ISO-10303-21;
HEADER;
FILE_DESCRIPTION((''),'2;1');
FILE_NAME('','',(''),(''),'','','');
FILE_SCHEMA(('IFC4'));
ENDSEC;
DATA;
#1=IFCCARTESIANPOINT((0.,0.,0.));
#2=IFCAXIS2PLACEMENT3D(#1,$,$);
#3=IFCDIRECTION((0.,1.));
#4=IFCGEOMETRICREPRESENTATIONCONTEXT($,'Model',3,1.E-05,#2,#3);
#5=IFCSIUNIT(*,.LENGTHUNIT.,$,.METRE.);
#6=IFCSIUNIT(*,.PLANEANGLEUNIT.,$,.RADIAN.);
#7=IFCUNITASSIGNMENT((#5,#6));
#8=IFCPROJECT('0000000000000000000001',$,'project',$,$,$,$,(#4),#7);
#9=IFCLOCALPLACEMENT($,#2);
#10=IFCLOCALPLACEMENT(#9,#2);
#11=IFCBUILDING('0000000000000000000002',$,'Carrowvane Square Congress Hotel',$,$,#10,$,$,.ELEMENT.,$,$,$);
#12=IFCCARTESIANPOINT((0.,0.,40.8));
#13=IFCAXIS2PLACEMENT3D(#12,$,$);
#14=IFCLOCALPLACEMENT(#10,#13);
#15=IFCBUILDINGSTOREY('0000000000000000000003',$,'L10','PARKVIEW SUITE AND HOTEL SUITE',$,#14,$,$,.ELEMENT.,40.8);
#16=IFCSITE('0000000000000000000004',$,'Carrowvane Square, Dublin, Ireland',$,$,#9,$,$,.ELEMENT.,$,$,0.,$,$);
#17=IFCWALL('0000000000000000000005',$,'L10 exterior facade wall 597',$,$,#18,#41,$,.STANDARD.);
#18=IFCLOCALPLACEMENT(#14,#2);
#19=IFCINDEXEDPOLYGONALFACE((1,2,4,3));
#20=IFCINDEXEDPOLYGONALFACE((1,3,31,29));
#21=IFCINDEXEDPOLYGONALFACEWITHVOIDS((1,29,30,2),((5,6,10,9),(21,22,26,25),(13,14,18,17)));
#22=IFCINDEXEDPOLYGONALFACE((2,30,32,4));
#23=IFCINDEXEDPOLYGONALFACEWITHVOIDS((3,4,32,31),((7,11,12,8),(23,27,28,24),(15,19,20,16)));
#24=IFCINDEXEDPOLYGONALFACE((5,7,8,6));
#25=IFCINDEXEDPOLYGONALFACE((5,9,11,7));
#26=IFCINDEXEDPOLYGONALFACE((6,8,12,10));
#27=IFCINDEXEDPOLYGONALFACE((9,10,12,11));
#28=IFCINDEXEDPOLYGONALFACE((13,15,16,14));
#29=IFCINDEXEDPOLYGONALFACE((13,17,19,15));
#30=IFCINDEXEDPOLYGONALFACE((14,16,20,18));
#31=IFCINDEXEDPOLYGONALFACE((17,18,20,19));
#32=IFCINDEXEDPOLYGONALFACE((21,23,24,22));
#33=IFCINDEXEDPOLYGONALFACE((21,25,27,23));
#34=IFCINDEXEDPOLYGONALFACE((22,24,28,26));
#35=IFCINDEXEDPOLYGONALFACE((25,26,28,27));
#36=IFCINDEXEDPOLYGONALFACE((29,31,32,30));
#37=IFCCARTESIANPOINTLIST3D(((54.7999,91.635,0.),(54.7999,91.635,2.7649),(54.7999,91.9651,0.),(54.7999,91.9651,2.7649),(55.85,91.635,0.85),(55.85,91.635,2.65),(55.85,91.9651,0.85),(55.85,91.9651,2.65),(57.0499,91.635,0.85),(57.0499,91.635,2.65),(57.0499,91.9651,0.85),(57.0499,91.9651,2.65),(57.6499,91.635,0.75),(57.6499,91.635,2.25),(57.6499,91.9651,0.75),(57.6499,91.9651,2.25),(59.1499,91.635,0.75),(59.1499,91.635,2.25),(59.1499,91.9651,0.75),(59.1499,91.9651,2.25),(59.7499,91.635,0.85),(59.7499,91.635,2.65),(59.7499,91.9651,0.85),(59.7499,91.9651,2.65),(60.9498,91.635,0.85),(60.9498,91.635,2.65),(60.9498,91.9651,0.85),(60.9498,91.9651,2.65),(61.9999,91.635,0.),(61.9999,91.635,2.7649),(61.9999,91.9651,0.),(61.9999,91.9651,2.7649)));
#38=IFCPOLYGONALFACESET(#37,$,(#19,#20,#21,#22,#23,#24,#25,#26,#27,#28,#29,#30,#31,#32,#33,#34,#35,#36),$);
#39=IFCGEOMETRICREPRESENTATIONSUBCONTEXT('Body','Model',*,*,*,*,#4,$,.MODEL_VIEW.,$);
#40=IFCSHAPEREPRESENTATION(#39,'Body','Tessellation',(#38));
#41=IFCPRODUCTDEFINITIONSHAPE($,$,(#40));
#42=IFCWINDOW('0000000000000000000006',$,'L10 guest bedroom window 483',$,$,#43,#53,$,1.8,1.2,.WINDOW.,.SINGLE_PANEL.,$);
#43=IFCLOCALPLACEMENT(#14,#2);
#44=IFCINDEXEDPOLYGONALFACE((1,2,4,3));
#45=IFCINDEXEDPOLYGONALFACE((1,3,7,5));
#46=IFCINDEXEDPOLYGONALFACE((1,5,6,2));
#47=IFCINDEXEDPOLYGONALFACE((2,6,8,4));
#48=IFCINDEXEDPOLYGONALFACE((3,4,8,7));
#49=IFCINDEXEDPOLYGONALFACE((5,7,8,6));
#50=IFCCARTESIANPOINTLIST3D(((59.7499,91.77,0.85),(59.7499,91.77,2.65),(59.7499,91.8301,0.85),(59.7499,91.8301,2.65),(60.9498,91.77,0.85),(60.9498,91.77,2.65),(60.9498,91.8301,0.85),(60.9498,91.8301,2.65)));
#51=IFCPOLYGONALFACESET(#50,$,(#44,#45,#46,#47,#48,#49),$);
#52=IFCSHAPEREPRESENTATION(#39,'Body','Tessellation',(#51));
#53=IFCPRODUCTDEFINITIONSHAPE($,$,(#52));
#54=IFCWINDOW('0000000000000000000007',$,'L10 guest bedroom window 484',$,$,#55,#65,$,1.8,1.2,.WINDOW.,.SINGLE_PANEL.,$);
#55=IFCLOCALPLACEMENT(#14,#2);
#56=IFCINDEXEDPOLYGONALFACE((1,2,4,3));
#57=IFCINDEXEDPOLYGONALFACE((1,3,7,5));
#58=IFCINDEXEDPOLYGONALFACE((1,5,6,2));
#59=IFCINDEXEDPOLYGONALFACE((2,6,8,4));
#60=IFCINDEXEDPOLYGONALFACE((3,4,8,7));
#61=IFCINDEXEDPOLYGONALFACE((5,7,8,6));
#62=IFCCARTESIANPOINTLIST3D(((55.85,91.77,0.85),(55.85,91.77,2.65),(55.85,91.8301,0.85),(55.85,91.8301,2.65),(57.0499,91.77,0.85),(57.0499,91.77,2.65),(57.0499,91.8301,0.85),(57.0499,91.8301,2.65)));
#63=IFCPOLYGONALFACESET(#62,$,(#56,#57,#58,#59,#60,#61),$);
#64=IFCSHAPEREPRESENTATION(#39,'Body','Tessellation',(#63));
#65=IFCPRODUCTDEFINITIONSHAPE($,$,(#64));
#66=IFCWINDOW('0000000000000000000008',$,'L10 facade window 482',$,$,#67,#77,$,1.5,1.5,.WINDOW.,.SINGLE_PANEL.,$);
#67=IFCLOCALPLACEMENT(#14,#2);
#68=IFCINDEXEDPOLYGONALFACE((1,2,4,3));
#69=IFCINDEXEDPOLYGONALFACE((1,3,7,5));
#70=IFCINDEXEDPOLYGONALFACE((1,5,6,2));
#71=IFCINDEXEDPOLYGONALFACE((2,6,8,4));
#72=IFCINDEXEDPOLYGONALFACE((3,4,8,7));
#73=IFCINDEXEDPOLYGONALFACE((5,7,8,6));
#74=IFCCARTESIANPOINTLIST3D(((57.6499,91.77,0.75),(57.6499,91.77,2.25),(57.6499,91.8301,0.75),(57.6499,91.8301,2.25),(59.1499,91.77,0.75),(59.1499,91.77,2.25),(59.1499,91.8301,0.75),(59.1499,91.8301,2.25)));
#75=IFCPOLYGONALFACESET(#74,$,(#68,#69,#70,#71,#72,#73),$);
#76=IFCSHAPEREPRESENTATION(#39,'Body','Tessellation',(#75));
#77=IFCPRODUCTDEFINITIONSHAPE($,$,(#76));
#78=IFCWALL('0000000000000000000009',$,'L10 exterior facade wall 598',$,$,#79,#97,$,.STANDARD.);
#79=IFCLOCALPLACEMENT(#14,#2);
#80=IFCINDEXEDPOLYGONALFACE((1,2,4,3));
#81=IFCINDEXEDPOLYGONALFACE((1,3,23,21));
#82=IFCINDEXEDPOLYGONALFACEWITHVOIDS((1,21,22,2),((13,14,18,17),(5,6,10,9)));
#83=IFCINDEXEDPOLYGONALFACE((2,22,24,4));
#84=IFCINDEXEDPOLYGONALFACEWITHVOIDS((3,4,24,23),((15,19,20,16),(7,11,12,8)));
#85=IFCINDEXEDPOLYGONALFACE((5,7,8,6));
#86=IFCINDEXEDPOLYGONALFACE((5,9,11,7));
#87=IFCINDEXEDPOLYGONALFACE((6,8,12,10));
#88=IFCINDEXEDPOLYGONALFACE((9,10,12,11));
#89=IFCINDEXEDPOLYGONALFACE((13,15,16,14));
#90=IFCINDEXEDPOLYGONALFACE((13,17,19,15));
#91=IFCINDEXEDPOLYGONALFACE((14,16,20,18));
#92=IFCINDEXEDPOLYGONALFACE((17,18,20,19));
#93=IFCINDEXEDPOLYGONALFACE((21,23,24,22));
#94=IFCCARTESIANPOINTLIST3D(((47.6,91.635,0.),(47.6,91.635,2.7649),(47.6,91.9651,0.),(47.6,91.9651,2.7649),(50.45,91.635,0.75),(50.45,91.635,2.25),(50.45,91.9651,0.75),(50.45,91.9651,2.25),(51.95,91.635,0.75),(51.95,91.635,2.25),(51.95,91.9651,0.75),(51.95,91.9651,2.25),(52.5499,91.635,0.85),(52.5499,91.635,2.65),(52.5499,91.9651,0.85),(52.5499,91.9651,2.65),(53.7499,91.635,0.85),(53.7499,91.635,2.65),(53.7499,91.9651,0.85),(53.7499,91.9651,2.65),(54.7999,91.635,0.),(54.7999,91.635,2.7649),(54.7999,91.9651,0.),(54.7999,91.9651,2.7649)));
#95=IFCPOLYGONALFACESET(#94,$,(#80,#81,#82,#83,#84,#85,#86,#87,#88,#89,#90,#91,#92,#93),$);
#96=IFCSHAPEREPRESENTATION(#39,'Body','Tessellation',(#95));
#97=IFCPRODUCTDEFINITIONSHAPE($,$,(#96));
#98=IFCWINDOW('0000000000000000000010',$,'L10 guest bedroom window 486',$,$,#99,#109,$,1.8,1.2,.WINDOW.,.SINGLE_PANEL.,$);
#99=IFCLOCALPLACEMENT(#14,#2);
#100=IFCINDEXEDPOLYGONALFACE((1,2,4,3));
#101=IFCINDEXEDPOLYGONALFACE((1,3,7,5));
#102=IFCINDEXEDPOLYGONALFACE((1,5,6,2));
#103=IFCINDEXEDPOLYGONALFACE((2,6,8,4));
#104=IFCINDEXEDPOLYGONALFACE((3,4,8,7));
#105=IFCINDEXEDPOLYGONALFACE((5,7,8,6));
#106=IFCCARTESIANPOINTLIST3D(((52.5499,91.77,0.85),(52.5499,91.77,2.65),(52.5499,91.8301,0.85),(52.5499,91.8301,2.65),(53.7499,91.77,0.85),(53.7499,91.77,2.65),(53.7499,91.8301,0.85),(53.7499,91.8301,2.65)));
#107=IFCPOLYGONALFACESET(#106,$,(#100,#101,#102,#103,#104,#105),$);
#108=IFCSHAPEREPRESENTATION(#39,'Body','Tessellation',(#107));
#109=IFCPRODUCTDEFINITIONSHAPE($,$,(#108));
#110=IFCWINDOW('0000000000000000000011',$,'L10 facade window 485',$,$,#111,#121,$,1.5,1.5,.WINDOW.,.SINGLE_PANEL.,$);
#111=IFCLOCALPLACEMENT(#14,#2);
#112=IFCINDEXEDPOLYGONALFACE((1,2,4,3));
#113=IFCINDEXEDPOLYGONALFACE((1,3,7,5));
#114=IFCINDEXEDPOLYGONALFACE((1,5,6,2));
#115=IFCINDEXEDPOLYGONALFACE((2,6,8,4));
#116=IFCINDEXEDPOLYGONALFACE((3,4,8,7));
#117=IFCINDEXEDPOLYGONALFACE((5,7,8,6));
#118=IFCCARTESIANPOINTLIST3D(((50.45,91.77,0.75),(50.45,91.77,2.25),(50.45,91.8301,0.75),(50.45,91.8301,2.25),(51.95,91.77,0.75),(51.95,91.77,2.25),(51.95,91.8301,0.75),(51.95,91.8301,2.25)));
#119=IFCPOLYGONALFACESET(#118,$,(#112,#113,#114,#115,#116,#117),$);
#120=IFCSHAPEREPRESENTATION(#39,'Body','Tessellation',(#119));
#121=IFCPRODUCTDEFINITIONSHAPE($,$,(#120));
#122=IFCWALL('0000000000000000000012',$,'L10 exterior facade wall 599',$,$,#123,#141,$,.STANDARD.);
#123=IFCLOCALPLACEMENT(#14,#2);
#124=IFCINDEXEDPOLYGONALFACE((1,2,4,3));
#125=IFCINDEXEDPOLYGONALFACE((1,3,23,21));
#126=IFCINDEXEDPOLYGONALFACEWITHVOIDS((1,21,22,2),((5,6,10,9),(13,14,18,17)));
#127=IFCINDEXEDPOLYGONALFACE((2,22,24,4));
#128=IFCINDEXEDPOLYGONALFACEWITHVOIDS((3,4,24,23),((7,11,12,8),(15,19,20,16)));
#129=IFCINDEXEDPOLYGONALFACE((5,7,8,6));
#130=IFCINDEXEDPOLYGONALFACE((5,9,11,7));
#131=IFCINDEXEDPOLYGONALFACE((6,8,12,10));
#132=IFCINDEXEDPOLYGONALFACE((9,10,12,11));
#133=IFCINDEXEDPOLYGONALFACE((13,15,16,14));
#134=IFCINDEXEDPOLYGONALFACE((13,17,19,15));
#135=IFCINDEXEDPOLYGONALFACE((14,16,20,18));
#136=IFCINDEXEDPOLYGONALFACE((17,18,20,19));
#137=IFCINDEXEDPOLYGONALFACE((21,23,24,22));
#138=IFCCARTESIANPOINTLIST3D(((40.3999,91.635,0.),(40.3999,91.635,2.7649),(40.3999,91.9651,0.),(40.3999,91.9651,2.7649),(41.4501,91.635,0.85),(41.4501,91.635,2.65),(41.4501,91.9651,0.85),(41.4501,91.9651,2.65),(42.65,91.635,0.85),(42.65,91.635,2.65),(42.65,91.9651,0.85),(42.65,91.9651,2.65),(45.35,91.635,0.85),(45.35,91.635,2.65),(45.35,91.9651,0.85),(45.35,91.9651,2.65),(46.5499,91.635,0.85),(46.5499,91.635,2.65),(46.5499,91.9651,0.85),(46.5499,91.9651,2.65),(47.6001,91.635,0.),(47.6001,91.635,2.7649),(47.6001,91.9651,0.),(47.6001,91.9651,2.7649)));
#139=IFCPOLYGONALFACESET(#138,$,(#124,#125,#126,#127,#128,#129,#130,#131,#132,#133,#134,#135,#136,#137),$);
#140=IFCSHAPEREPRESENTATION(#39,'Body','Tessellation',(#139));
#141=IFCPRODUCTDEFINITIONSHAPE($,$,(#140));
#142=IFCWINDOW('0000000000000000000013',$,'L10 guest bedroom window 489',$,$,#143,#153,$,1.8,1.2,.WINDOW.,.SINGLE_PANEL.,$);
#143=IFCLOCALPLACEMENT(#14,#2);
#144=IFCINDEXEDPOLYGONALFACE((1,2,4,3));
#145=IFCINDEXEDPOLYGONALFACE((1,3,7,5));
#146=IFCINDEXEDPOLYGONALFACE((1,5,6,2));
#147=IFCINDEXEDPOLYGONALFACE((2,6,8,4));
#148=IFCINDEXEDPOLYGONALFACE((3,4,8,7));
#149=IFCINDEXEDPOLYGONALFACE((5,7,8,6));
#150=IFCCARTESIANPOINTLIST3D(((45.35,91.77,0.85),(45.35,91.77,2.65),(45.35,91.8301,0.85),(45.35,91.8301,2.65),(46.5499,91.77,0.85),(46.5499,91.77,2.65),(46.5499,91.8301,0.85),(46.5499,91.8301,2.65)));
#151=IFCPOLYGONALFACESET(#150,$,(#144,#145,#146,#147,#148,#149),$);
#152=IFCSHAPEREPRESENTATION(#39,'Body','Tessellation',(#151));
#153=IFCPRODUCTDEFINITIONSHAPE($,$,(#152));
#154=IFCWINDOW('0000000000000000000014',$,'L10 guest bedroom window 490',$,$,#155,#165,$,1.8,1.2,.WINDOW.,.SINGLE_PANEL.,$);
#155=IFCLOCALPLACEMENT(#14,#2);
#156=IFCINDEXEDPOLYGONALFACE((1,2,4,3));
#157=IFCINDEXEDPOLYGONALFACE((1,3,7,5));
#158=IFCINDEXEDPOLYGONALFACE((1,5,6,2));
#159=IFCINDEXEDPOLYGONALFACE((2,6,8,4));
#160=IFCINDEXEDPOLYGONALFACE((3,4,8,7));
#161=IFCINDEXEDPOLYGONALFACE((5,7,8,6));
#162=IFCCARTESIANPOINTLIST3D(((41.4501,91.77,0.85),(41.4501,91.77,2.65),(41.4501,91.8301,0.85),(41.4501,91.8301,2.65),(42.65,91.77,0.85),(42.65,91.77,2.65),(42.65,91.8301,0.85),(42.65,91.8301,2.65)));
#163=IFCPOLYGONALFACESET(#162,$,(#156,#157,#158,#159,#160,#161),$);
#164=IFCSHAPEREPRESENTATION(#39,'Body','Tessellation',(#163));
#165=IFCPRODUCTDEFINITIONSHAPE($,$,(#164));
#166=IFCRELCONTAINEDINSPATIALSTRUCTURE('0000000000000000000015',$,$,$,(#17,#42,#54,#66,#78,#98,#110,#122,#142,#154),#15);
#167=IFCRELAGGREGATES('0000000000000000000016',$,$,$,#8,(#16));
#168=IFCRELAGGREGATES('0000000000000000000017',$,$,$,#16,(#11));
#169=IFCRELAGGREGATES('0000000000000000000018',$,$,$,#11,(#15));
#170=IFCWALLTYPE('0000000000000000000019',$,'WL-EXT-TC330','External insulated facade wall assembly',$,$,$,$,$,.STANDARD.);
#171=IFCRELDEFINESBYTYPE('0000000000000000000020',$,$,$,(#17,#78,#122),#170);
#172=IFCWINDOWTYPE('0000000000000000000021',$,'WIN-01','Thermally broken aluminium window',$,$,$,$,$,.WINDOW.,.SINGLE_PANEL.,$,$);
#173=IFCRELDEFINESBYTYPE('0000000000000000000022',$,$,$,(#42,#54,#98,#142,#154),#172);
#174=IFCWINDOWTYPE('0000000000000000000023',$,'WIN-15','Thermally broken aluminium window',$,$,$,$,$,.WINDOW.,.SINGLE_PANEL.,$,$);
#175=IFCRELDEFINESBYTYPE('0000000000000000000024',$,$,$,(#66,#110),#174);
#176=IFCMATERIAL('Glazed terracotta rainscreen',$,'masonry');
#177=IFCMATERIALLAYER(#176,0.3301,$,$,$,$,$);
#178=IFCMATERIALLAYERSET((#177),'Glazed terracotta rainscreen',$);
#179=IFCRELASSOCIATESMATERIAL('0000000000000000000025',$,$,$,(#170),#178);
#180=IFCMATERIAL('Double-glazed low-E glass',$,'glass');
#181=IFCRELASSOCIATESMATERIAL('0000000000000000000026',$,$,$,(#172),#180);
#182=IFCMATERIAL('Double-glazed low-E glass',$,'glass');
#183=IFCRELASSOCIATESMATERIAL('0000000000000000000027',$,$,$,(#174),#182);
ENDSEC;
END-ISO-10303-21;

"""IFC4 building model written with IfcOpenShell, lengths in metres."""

from ifc_helpers import new_model, si_unit, direction, frame, frame_2d, origin, place, context, subcontext, project, spatial, rectangle, extrude, material, layer, layer_set, type_object, element, fill, save


model = new_model("IFC4")

# Units and contexts
model_context = context("Model", 3, precision=1e-05, world=origin(), true_north=direction((0.0, 1.0)))
body_context = subcontext(model_context, "Body", "Model", "MODEL_VIEW")
ifc_project = project(units=[si_unit("LENGTHUNIT", "METRE"), si_unit("PLANEANGLEUNIT", "RADIAN")], contexts=[model_context])

# Site, building, storey
site_placement = place(None, origin())
site = spatial("IfcSite", under=ifc_project, at=site_placement, Name="Carrowvane Square, Dublin, Ireland", CompositionType="ELEMENT", RefElevation=0.0)
building_placement = place(site_placement, origin())
building = spatial("IfcBuilding", under=site, at=building_placement, Name="Carrowvane Square Congress Hotel", CompositionType="ELEMENT")
storey_placement = place(building_placement, frame((0.0, 0.0, 40.8)))
storey = spatial("IfcBuildingStorey", under=building, at=storey_placement, Name="L10", Description="PARKVIEW SUITE AND HOTEL SUITE", CompositionType="ELEMENT", Elevation=40.8)

# Walls, openings, windows
ifc_material_1 = material(Name="Glazed terracotta rainscreen", Category="masonry")
ifc_layer = layer(ifc_material_1, 0.3301)
ifc_layer_set = layer_set([ifc_layer], Name="Glazed terracotta rainscreen")
wall_type = type_object("IfcWallType", Name="WL-EXT-TC330", Description="External insulated facade wall assembly", PredefinedType="STANDARD", material=ifc_layer_set)
ifc_material_2 = material(Name="Double-glazed low-E glass", Category="glass")
window_type_1 = type_object("IfcWindowType", Name="WIN-01", Description="Thermally broken aluminium window", PartitioningType="SINGLE_PANEL", PredefinedType="WINDOW", material=ifc_material_2)
ifc_material_3 = material(Name="Double-glazed low-E glass", Category="glass")
window_type_2 = type_object("IfcWindowType", Name="WIN-15", Description="Thermally broken aluminium window", PartitioningType="SINGLE_PANEL", PredefinedType="WINDOW", material=ifc_material_3)
wall_1_placement = place(storey_placement, frame((62.0, 91.8, 0.0), z_axis=(0.0, 0.0, 1.0), x_axis=(-1.0, 0.0, 0.0)))
wall_1 = element("IfcWall", 1, at=wall_1_placement, inside=storey, type_object=wall_type, Name="L10 exterior facade wall 597", PredefinedType="STANDARD", context=body_context, shape_type="SweptSolid", body=[
    extrude(rectangle(XDim=7.2, YDim=0.3301, at=frame_2d((3.6001, 0.0))), origin(), (0.0, 0.0, 1.0), 2.7649),
])
opening_1_placement = place(wall_1_placement, frame((2.8501, 0.0, 0.75)))
opening_1 = element("IfcOpeningElement", 2, at=opening_1_placement, cuts=wall_1, PredefinedType="OPENING", context=body_context, shape_type="SweptSolid", body=[
    extrude(rectangle(XDim=1.5, YDim=1.5, at=frame_2d((0.75, 0.75))), frame((0.0, 0.175, 0.0), z_axis=(0.0, -1.0, 0.0), x_axis=(1.0, 0.0, 0.0)), (0.0, 0.0, 1.0), 0.3501),
])
opening_2_placement = place(wall_1_placement, frame((1.05, 0.0, 0.8501)))
opening_2 = element("IfcOpeningElement", 3, at=opening_2_placement, cuts=wall_1, PredefinedType="OPENING", context=body_context, shape_type="SweptSolid", body=[
    extrude(rectangle(XDim=1.2, YDim=1.8, at=frame_2d((0.6001, 0.8999))), frame((0.0, 0.175, 0.0), z_axis=(0.0, -1.0, 0.0), x_axis=(1.0, 0.0, 0.0)), (0.0, 0.0, 1.0), 0.3501),
])
opening_3_placement = place(wall_1_placement, frame((4.95, 0.0, 0.8501)))
opening_3 = element("IfcOpeningElement", 4, at=opening_3_placement, cuts=wall_1, PredefinedType="OPENING", context=body_context, shape_type="SweptSolid", body=[
    extrude(rectangle(XDim=1.2, YDim=1.8, at=frame_2d((0.6001, 0.8999))), frame((0.0, 0.175, 0.0), z_axis=(0.0, -1.0, 0.0), x_axis=(1.0, 0.0, 0.0)), (0.0, 0.0, 1.0), 0.3501),
])
window_1_placement = place(opening_2_placement, origin())
window_1 = element("IfcWindow", 5, at=window_1_placement, inside=storey, type_object=window_type_1, Name="L10 guest bedroom window 483", OverallHeight=1.8, OverallWidth=1.2, PartitioningType="SINGLE_PANEL", PredefinedType="WINDOW", context=body_context, shape_type="SweptSolid", body=[
    extrude(rectangle(XDim=1.2, YDim=1.8, at=frame_2d((0.6001, 0.8999))), frame((0.0, 0.03, 0.0), z_axis=(0.0, -1.0, 0.0), x_axis=(1.0, 0.0, 0.0)), (0.0, 0.0, 1.0), 0.0601),
])
fill(opening_2, window_1)
window_2_placement = place(opening_3_placement, origin())
window_2 = element("IfcWindow", 6, at=window_2_placement, inside=storey, type_object=window_type_1, Name="L10 guest bedroom window 484", OverallHeight=1.8, OverallWidth=1.2, PartitioningType="SINGLE_PANEL", PredefinedType="WINDOW", context=body_context, shape_type="SweptSolid", body=[
    extrude(rectangle(XDim=1.2, YDim=1.8, at=frame_2d((0.6001, 0.8999))), frame((0.0, 0.03, 0.0), z_axis=(0.0, -1.0, 0.0), x_axis=(1.0, 0.0, 0.0)), (0.0, 0.0, 1.0), 0.0601),
])
fill(opening_3, window_2)
window_3_placement = place(opening_1_placement, origin())
window_3 = element("IfcWindow", 7, at=window_3_placement, inside=storey, type_object=window_type_2, Name="L10 facade window 482", OverallHeight=1.5, OverallWidth=1.5, PartitioningType="SINGLE_PANEL", PredefinedType="WINDOW", context=body_context, shape_type="SweptSolid", body=[
    extrude(rectangle(XDim=1.5, YDim=1.5, at=frame_2d((0.75, 0.75))), frame((0.0, 0.03, 0.0), z_axis=(0.0, -1.0, 0.0), x_axis=(1.0, 0.0, 0.0)), (0.0, 0.0, 1.0), 0.0601),
])
fill(opening_1, window_3)
wall_2_placement = place(storey_placement, frame((54.8, 91.8, 0.0), z_axis=(0.0, 0.0, 1.0), x_axis=(-1.0, 0.0, 0.0)))
wall_2 = element("IfcWall", 8, at=wall_2_placement, inside=storey, type_object=wall_type, Name="L10 exterior facade wall 598", PredefinedType="STANDARD", context=body_context, shape_type="SweptSolid", body=[
    extrude(rectangle(XDim=7.2, YDim=0.3301, at=frame_2d((3.6001, 0.0))), origin(), (0.0, 0.0, 1.0), 2.7649),
])
opening_4_placement = place(wall_2_placement, frame((2.8501, 0.0, 0.75)))
opening_4 = element("IfcOpeningElement", 9, at=opening_4_placement, cuts=wall_2, PredefinedType="OPENING", context=body_context, shape_type="SweptSolid", body=[
    extrude(rectangle(XDim=1.5, YDim=1.5, at=frame_2d((0.75, 0.75))), frame((0.0, 0.175, 0.0), z_axis=(0.0, -1.0, 0.0), x_axis=(1.0, 0.0, 0.0)), (0.0, 0.0, 1.0), 0.3501),
])
opening_5_placement = place(wall_2_placement, frame((1.05, 0.0, 0.8501)))
opening_5 = element("IfcOpeningElement", 10, at=opening_5_placement, cuts=wall_2, PredefinedType="OPENING", context=body_context, shape_type="SweptSolid", body=[
    extrude(rectangle(XDim=1.2, YDim=1.8, at=frame_2d((0.6001, 0.8999))), frame((0.0, 0.175, 0.0), z_axis=(0.0, -1.0, 0.0), x_axis=(1.0, 0.0, 0.0)), (0.0, 0.0, 1.0), 0.3501),
])
window_4_placement = place(opening_5_placement, origin())
window_4 = element("IfcWindow", 11, at=window_4_placement, inside=storey, type_object=window_type_1, Name="L10 guest bedroom window 486", OverallHeight=1.8, OverallWidth=1.2, PartitioningType="SINGLE_PANEL", PredefinedType="WINDOW", context=body_context, shape_type="SweptSolid", body=[
    extrude(rectangle(XDim=1.2, YDim=1.8, at=frame_2d((0.6001, 0.8999))), frame((0.0, 0.03, 0.0), z_axis=(0.0, -1.0, 0.0), x_axis=(1.0, 0.0, 0.0)), (0.0, 0.0, 1.0), 0.0601),
])
fill(opening_5, window_4)
window_5_placement = place(opening_4_placement, origin())
window_5 = element("IfcWindow", 12, at=window_5_placement, inside=storey, type_object=window_type_2, Name="L10 facade window 485", OverallHeight=1.5, OverallWidth=1.5, PartitioningType="SINGLE_PANEL", PredefinedType="WINDOW", context=body_context, shape_type="SweptSolid", body=[
    extrude(rectangle(XDim=1.5, YDim=1.5, at=frame_2d((0.75, 0.75))), frame((0.0, 0.03, 0.0), z_axis=(0.0, -1.0, 0.0), x_axis=(1.0, 0.0, 0.0)), (0.0, 0.0, 1.0), 0.0601),
])
fill(opening_4, window_5)
wall_3_placement = place(storey_placement, frame((47.6001, 91.8, 0.0), z_axis=(0.0, 0.0, 1.0), x_axis=(-1.0, 0.0, 0.0)))
wall_3 = element("IfcWall", 13, at=wall_3_placement, inside=storey, type_object=wall_type, Name="L10 exterior facade wall 599", PredefinedType="STANDARD", context=body_context, shape_type="SweptSolid", body=[
    extrude(rectangle(XDim=7.2002, YDim=0.3301, at=frame_2d((3.6001, 0.0))), origin(), (0.0, 0.0, 1.0), 2.7649),
])
opening_6_placement = place(wall_3_placement, frame((1.05, 0.0, 0.8501)))
opening_6 = element("IfcOpeningElement", 14, at=opening_6_placement, cuts=wall_3, PredefinedType="OPENING", context=body_context, shape_type="SweptSolid", body=[
    extrude(rectangle(XDim=1.2, YDim=1.8, at=frame_2d((0.6001, 0.8999))), frame((0.0, 0.175, 0.0), z_axis=(0.0, -1.0, 0.0), x_axis=(1.0, 0.0, 0.0)), (0.0, 0.0, 1.0), 0.3501),
])
opening_7_placement = place(wall_3_placement, frame((4.95, 0.0, 0.8501)))
opening_7 = element("IfcOpeningElement", 15, at=opening_7_placement, cuts=wall_3, PredefinedType="OPENING", context=body_context, shape_type="SweptSolid", body=[
    extrude(rectangle(XDim=1.2, YDim=1.8, at=frame_2d((0.6001, 0.8999))), frame((0.0, 0.175, 0.0), z_axis=(0.0, -1.0, 0.0), x_axis=(1.0, 0.0, 0.0)), (0.0, 0.0, 1.0), 0.3501),
])
window_6_placement = place(opening_6_placement, origin())
window_6 = element("IfcWindow", 16, at=window_6_placement, inside=storey, type_object=window_type_1, Name="L10 guest bedroom window 489", OverallHeight=1.8, OverallWidth=1.2, PartitioningType="SINGLE_PANEL", PredefinedType="WINDOW", context=body_context, shape_type="SweptSolid", body=[
    extrude(rectangle(XDim=1.2, YDim=1.8, at=frame_2d((0.6001, 0.8999))), frame((0.0, 0.03, 0.0), z_axis=(0.0, -1.0, 0.0), x_axis=(1.0, 0.0, 0.0)), (0.0, 0.0, 1.0), 0.0601),
])
fill(opening_6, window_6)
window_7_placement = place(opening_7_placement, origin())
window_7 = element("IfcWindow", 17, at=window_7_placement, inside=storey, type_object=window_type_1, Name="L10 guest bedroom window 490", OverallHeight=1.8, OverallWidth=1.2, PartitioningType="SINGLE_PANEL", PredefinedType="WINDOW", context=body_context, shape_type="SweptSolid", body=[
    extrude(rectangle(XDim=1.2, YDim=1.8, at=frame_2d((0.6001, 0.8999))), frame((0.0, 0.03, 0.0), z_axis=(0.0, -1.0, 0.0), x_axis=(1.0, 0.0, 0.0)), (0.0, 0.0, 1.0), 0.0601),
])
fill(opening_7, window_7)

save(model, "model.ifc")
